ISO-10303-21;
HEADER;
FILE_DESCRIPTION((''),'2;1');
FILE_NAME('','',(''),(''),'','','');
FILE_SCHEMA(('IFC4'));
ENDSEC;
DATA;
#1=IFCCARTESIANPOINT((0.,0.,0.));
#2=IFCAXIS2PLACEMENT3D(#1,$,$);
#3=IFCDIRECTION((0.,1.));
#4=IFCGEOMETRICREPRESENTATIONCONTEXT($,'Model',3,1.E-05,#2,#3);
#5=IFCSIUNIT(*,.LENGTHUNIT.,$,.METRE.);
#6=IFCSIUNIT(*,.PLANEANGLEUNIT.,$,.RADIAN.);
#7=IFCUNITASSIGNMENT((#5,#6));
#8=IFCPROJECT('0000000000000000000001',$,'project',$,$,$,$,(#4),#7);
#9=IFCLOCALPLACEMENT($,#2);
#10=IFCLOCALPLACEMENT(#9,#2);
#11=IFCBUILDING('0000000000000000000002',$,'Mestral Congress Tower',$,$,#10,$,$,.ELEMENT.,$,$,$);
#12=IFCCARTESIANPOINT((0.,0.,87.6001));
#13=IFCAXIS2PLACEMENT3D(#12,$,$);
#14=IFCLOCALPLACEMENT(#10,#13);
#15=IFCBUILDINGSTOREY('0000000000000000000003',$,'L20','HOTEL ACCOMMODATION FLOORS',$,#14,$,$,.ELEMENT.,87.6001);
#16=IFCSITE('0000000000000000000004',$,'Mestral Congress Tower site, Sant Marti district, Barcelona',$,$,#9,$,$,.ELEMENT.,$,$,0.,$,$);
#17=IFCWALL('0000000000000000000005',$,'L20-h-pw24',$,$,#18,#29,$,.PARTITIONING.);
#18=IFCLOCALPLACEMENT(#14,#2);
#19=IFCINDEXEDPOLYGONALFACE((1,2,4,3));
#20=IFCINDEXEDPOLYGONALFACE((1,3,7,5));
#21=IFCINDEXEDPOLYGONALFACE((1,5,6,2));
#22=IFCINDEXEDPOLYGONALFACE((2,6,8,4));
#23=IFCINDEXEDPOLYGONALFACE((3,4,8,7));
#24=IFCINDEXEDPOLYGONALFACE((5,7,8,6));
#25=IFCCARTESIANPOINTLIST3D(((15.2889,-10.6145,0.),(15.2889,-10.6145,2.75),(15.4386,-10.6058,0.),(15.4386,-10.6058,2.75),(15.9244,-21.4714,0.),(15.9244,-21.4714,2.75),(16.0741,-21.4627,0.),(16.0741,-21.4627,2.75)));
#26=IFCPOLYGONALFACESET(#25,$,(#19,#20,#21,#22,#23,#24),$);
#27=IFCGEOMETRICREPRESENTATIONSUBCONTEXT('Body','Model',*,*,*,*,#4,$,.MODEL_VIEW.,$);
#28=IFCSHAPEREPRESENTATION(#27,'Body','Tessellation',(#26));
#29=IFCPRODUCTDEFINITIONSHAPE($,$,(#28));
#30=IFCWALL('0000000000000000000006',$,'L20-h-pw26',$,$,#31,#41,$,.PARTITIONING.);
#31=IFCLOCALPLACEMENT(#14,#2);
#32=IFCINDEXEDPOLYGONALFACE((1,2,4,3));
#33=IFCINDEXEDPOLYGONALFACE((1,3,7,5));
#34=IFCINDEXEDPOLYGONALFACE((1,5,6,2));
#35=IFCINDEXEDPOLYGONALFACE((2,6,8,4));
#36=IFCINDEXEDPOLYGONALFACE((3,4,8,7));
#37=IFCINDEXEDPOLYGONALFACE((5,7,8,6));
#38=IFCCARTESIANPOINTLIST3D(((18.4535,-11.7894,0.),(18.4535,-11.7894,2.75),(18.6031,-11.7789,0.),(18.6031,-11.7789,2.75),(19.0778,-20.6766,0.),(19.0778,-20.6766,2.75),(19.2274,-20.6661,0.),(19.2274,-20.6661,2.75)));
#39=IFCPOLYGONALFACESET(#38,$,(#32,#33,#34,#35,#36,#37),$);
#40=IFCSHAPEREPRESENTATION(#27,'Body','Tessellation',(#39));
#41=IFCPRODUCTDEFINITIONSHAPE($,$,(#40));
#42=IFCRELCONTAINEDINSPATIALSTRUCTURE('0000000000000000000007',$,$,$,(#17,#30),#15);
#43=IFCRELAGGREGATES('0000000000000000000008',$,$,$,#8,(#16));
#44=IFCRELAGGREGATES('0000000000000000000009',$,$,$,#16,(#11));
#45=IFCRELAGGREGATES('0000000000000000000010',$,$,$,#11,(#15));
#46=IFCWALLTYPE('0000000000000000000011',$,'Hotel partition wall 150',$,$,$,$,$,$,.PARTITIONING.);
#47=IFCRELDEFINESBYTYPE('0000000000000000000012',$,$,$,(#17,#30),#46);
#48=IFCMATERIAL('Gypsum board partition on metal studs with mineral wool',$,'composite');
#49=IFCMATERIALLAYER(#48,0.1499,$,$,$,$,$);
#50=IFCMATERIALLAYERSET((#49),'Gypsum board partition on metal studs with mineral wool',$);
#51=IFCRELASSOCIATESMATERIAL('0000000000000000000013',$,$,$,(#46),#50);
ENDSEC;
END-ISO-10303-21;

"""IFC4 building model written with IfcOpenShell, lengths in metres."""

from ifc_helpers import new_model, si_unit, direction, frame, frame_2d, origin, place, context, subcontext, project, spatial, rectangle, extrude, material, layer, layer_set, type_object, element, save


model = new_model("IFC4")

# Units and contexts
model_context = context("Model", 3, precision=1e-05, world=origin(), true_north=direction((0.0, 1.0)))
body_context = subcontext(model_context, "Body", "Model", "MODEL_VIEW")
ifc_project = project(units=[si_unit("LENGTHUNIT", "METRE"), si_unit("PLANEANGLEUNIT", "RADIAN")], contexts=[model_context])

# Site, building, storey
site_placement = place(None, origin())
site = spatial("IfcSite", under=ifc_project, at=site_placement, Name="Mestral Congress Tower site, Sant Marti district, Barcelona", CompositionType="ELEMENT", RefElevation=0.0)
building_placement = place(site_placement, origin())
building = spatial("IfcBuilding", under=site, at=building_placement, Name="Mestral Congress Tower", CompositionType="ELEMENT")
storey_placement = place(building_placement, frame((0.0, 0.0, 87.6001)))
storey = spatial("IfcBuildingStorey", under=building, at=storey_placement, Name="L20", Description="HOTEL ACCOMMODATION FLOORS", CompositionType="ELEMENT", Elevation=87.6001)

# Shared definitions
ifc_material_1 = material(Name="Gypsum board partition on metal studs with mineral wool", Category="composite")

# Shared definitions
ifc_layer_1 = layer(ifc_material_1, 0.1499)
ifc_layer_set_1 = layer_set([ifc_layer_1], Name="Gypsum board partition on metal studs with mineral wool")
wall_type_1 = type_object("IfcWallType", Name="Hotel partition wall 150", PredefinedType="PARTITIONING", material=ifc_layer_set_1)

# Walls
wall_1_placement = place(storey_placement, frame((15.9993, -21.467, 0.0), z_axis=(0.0, 0.0, 1.0), x_axis=(-0.058434, 0.998291, 0.0)))
element("IfcWall", 1, at=wall_1_placement, inside=storey, type_object=wall_type_1, Name="L20-h-pw24", PredefinedType="PARTITIONING", context=body_context, shape_type="SweptSolid", body=[
    extrude(rectangle(XDim=10.8755, YDim=0.1499, at=frame_2d((5.4377, 0.0))), origin(), (0.0, 0.0, 1.0), 2.75),
])
wall_2_placement = place(storey_placement, frame((19.1526, -20.6714, 0.0), z_axis=(0.0, 0.0, 1.0), x_axis=(-0.070071, 0.997542, 0.0)))
element("IfcWall", 2, at=wall_2_placement, inside=storey, type_object=wall_type_1, Name="L20-h-pw26", PredefinedType="PARTITIONING", context=body_context, shape_type="SweptSolid", body=[
    extrude(rectangle(XDim=8.9092, YDim=0.1499, at=frame_2d((4.4546, 0.0))), origin(), (0.0, 0.0, 1.0), 2.75),
])

save(model, "model.ifc")
